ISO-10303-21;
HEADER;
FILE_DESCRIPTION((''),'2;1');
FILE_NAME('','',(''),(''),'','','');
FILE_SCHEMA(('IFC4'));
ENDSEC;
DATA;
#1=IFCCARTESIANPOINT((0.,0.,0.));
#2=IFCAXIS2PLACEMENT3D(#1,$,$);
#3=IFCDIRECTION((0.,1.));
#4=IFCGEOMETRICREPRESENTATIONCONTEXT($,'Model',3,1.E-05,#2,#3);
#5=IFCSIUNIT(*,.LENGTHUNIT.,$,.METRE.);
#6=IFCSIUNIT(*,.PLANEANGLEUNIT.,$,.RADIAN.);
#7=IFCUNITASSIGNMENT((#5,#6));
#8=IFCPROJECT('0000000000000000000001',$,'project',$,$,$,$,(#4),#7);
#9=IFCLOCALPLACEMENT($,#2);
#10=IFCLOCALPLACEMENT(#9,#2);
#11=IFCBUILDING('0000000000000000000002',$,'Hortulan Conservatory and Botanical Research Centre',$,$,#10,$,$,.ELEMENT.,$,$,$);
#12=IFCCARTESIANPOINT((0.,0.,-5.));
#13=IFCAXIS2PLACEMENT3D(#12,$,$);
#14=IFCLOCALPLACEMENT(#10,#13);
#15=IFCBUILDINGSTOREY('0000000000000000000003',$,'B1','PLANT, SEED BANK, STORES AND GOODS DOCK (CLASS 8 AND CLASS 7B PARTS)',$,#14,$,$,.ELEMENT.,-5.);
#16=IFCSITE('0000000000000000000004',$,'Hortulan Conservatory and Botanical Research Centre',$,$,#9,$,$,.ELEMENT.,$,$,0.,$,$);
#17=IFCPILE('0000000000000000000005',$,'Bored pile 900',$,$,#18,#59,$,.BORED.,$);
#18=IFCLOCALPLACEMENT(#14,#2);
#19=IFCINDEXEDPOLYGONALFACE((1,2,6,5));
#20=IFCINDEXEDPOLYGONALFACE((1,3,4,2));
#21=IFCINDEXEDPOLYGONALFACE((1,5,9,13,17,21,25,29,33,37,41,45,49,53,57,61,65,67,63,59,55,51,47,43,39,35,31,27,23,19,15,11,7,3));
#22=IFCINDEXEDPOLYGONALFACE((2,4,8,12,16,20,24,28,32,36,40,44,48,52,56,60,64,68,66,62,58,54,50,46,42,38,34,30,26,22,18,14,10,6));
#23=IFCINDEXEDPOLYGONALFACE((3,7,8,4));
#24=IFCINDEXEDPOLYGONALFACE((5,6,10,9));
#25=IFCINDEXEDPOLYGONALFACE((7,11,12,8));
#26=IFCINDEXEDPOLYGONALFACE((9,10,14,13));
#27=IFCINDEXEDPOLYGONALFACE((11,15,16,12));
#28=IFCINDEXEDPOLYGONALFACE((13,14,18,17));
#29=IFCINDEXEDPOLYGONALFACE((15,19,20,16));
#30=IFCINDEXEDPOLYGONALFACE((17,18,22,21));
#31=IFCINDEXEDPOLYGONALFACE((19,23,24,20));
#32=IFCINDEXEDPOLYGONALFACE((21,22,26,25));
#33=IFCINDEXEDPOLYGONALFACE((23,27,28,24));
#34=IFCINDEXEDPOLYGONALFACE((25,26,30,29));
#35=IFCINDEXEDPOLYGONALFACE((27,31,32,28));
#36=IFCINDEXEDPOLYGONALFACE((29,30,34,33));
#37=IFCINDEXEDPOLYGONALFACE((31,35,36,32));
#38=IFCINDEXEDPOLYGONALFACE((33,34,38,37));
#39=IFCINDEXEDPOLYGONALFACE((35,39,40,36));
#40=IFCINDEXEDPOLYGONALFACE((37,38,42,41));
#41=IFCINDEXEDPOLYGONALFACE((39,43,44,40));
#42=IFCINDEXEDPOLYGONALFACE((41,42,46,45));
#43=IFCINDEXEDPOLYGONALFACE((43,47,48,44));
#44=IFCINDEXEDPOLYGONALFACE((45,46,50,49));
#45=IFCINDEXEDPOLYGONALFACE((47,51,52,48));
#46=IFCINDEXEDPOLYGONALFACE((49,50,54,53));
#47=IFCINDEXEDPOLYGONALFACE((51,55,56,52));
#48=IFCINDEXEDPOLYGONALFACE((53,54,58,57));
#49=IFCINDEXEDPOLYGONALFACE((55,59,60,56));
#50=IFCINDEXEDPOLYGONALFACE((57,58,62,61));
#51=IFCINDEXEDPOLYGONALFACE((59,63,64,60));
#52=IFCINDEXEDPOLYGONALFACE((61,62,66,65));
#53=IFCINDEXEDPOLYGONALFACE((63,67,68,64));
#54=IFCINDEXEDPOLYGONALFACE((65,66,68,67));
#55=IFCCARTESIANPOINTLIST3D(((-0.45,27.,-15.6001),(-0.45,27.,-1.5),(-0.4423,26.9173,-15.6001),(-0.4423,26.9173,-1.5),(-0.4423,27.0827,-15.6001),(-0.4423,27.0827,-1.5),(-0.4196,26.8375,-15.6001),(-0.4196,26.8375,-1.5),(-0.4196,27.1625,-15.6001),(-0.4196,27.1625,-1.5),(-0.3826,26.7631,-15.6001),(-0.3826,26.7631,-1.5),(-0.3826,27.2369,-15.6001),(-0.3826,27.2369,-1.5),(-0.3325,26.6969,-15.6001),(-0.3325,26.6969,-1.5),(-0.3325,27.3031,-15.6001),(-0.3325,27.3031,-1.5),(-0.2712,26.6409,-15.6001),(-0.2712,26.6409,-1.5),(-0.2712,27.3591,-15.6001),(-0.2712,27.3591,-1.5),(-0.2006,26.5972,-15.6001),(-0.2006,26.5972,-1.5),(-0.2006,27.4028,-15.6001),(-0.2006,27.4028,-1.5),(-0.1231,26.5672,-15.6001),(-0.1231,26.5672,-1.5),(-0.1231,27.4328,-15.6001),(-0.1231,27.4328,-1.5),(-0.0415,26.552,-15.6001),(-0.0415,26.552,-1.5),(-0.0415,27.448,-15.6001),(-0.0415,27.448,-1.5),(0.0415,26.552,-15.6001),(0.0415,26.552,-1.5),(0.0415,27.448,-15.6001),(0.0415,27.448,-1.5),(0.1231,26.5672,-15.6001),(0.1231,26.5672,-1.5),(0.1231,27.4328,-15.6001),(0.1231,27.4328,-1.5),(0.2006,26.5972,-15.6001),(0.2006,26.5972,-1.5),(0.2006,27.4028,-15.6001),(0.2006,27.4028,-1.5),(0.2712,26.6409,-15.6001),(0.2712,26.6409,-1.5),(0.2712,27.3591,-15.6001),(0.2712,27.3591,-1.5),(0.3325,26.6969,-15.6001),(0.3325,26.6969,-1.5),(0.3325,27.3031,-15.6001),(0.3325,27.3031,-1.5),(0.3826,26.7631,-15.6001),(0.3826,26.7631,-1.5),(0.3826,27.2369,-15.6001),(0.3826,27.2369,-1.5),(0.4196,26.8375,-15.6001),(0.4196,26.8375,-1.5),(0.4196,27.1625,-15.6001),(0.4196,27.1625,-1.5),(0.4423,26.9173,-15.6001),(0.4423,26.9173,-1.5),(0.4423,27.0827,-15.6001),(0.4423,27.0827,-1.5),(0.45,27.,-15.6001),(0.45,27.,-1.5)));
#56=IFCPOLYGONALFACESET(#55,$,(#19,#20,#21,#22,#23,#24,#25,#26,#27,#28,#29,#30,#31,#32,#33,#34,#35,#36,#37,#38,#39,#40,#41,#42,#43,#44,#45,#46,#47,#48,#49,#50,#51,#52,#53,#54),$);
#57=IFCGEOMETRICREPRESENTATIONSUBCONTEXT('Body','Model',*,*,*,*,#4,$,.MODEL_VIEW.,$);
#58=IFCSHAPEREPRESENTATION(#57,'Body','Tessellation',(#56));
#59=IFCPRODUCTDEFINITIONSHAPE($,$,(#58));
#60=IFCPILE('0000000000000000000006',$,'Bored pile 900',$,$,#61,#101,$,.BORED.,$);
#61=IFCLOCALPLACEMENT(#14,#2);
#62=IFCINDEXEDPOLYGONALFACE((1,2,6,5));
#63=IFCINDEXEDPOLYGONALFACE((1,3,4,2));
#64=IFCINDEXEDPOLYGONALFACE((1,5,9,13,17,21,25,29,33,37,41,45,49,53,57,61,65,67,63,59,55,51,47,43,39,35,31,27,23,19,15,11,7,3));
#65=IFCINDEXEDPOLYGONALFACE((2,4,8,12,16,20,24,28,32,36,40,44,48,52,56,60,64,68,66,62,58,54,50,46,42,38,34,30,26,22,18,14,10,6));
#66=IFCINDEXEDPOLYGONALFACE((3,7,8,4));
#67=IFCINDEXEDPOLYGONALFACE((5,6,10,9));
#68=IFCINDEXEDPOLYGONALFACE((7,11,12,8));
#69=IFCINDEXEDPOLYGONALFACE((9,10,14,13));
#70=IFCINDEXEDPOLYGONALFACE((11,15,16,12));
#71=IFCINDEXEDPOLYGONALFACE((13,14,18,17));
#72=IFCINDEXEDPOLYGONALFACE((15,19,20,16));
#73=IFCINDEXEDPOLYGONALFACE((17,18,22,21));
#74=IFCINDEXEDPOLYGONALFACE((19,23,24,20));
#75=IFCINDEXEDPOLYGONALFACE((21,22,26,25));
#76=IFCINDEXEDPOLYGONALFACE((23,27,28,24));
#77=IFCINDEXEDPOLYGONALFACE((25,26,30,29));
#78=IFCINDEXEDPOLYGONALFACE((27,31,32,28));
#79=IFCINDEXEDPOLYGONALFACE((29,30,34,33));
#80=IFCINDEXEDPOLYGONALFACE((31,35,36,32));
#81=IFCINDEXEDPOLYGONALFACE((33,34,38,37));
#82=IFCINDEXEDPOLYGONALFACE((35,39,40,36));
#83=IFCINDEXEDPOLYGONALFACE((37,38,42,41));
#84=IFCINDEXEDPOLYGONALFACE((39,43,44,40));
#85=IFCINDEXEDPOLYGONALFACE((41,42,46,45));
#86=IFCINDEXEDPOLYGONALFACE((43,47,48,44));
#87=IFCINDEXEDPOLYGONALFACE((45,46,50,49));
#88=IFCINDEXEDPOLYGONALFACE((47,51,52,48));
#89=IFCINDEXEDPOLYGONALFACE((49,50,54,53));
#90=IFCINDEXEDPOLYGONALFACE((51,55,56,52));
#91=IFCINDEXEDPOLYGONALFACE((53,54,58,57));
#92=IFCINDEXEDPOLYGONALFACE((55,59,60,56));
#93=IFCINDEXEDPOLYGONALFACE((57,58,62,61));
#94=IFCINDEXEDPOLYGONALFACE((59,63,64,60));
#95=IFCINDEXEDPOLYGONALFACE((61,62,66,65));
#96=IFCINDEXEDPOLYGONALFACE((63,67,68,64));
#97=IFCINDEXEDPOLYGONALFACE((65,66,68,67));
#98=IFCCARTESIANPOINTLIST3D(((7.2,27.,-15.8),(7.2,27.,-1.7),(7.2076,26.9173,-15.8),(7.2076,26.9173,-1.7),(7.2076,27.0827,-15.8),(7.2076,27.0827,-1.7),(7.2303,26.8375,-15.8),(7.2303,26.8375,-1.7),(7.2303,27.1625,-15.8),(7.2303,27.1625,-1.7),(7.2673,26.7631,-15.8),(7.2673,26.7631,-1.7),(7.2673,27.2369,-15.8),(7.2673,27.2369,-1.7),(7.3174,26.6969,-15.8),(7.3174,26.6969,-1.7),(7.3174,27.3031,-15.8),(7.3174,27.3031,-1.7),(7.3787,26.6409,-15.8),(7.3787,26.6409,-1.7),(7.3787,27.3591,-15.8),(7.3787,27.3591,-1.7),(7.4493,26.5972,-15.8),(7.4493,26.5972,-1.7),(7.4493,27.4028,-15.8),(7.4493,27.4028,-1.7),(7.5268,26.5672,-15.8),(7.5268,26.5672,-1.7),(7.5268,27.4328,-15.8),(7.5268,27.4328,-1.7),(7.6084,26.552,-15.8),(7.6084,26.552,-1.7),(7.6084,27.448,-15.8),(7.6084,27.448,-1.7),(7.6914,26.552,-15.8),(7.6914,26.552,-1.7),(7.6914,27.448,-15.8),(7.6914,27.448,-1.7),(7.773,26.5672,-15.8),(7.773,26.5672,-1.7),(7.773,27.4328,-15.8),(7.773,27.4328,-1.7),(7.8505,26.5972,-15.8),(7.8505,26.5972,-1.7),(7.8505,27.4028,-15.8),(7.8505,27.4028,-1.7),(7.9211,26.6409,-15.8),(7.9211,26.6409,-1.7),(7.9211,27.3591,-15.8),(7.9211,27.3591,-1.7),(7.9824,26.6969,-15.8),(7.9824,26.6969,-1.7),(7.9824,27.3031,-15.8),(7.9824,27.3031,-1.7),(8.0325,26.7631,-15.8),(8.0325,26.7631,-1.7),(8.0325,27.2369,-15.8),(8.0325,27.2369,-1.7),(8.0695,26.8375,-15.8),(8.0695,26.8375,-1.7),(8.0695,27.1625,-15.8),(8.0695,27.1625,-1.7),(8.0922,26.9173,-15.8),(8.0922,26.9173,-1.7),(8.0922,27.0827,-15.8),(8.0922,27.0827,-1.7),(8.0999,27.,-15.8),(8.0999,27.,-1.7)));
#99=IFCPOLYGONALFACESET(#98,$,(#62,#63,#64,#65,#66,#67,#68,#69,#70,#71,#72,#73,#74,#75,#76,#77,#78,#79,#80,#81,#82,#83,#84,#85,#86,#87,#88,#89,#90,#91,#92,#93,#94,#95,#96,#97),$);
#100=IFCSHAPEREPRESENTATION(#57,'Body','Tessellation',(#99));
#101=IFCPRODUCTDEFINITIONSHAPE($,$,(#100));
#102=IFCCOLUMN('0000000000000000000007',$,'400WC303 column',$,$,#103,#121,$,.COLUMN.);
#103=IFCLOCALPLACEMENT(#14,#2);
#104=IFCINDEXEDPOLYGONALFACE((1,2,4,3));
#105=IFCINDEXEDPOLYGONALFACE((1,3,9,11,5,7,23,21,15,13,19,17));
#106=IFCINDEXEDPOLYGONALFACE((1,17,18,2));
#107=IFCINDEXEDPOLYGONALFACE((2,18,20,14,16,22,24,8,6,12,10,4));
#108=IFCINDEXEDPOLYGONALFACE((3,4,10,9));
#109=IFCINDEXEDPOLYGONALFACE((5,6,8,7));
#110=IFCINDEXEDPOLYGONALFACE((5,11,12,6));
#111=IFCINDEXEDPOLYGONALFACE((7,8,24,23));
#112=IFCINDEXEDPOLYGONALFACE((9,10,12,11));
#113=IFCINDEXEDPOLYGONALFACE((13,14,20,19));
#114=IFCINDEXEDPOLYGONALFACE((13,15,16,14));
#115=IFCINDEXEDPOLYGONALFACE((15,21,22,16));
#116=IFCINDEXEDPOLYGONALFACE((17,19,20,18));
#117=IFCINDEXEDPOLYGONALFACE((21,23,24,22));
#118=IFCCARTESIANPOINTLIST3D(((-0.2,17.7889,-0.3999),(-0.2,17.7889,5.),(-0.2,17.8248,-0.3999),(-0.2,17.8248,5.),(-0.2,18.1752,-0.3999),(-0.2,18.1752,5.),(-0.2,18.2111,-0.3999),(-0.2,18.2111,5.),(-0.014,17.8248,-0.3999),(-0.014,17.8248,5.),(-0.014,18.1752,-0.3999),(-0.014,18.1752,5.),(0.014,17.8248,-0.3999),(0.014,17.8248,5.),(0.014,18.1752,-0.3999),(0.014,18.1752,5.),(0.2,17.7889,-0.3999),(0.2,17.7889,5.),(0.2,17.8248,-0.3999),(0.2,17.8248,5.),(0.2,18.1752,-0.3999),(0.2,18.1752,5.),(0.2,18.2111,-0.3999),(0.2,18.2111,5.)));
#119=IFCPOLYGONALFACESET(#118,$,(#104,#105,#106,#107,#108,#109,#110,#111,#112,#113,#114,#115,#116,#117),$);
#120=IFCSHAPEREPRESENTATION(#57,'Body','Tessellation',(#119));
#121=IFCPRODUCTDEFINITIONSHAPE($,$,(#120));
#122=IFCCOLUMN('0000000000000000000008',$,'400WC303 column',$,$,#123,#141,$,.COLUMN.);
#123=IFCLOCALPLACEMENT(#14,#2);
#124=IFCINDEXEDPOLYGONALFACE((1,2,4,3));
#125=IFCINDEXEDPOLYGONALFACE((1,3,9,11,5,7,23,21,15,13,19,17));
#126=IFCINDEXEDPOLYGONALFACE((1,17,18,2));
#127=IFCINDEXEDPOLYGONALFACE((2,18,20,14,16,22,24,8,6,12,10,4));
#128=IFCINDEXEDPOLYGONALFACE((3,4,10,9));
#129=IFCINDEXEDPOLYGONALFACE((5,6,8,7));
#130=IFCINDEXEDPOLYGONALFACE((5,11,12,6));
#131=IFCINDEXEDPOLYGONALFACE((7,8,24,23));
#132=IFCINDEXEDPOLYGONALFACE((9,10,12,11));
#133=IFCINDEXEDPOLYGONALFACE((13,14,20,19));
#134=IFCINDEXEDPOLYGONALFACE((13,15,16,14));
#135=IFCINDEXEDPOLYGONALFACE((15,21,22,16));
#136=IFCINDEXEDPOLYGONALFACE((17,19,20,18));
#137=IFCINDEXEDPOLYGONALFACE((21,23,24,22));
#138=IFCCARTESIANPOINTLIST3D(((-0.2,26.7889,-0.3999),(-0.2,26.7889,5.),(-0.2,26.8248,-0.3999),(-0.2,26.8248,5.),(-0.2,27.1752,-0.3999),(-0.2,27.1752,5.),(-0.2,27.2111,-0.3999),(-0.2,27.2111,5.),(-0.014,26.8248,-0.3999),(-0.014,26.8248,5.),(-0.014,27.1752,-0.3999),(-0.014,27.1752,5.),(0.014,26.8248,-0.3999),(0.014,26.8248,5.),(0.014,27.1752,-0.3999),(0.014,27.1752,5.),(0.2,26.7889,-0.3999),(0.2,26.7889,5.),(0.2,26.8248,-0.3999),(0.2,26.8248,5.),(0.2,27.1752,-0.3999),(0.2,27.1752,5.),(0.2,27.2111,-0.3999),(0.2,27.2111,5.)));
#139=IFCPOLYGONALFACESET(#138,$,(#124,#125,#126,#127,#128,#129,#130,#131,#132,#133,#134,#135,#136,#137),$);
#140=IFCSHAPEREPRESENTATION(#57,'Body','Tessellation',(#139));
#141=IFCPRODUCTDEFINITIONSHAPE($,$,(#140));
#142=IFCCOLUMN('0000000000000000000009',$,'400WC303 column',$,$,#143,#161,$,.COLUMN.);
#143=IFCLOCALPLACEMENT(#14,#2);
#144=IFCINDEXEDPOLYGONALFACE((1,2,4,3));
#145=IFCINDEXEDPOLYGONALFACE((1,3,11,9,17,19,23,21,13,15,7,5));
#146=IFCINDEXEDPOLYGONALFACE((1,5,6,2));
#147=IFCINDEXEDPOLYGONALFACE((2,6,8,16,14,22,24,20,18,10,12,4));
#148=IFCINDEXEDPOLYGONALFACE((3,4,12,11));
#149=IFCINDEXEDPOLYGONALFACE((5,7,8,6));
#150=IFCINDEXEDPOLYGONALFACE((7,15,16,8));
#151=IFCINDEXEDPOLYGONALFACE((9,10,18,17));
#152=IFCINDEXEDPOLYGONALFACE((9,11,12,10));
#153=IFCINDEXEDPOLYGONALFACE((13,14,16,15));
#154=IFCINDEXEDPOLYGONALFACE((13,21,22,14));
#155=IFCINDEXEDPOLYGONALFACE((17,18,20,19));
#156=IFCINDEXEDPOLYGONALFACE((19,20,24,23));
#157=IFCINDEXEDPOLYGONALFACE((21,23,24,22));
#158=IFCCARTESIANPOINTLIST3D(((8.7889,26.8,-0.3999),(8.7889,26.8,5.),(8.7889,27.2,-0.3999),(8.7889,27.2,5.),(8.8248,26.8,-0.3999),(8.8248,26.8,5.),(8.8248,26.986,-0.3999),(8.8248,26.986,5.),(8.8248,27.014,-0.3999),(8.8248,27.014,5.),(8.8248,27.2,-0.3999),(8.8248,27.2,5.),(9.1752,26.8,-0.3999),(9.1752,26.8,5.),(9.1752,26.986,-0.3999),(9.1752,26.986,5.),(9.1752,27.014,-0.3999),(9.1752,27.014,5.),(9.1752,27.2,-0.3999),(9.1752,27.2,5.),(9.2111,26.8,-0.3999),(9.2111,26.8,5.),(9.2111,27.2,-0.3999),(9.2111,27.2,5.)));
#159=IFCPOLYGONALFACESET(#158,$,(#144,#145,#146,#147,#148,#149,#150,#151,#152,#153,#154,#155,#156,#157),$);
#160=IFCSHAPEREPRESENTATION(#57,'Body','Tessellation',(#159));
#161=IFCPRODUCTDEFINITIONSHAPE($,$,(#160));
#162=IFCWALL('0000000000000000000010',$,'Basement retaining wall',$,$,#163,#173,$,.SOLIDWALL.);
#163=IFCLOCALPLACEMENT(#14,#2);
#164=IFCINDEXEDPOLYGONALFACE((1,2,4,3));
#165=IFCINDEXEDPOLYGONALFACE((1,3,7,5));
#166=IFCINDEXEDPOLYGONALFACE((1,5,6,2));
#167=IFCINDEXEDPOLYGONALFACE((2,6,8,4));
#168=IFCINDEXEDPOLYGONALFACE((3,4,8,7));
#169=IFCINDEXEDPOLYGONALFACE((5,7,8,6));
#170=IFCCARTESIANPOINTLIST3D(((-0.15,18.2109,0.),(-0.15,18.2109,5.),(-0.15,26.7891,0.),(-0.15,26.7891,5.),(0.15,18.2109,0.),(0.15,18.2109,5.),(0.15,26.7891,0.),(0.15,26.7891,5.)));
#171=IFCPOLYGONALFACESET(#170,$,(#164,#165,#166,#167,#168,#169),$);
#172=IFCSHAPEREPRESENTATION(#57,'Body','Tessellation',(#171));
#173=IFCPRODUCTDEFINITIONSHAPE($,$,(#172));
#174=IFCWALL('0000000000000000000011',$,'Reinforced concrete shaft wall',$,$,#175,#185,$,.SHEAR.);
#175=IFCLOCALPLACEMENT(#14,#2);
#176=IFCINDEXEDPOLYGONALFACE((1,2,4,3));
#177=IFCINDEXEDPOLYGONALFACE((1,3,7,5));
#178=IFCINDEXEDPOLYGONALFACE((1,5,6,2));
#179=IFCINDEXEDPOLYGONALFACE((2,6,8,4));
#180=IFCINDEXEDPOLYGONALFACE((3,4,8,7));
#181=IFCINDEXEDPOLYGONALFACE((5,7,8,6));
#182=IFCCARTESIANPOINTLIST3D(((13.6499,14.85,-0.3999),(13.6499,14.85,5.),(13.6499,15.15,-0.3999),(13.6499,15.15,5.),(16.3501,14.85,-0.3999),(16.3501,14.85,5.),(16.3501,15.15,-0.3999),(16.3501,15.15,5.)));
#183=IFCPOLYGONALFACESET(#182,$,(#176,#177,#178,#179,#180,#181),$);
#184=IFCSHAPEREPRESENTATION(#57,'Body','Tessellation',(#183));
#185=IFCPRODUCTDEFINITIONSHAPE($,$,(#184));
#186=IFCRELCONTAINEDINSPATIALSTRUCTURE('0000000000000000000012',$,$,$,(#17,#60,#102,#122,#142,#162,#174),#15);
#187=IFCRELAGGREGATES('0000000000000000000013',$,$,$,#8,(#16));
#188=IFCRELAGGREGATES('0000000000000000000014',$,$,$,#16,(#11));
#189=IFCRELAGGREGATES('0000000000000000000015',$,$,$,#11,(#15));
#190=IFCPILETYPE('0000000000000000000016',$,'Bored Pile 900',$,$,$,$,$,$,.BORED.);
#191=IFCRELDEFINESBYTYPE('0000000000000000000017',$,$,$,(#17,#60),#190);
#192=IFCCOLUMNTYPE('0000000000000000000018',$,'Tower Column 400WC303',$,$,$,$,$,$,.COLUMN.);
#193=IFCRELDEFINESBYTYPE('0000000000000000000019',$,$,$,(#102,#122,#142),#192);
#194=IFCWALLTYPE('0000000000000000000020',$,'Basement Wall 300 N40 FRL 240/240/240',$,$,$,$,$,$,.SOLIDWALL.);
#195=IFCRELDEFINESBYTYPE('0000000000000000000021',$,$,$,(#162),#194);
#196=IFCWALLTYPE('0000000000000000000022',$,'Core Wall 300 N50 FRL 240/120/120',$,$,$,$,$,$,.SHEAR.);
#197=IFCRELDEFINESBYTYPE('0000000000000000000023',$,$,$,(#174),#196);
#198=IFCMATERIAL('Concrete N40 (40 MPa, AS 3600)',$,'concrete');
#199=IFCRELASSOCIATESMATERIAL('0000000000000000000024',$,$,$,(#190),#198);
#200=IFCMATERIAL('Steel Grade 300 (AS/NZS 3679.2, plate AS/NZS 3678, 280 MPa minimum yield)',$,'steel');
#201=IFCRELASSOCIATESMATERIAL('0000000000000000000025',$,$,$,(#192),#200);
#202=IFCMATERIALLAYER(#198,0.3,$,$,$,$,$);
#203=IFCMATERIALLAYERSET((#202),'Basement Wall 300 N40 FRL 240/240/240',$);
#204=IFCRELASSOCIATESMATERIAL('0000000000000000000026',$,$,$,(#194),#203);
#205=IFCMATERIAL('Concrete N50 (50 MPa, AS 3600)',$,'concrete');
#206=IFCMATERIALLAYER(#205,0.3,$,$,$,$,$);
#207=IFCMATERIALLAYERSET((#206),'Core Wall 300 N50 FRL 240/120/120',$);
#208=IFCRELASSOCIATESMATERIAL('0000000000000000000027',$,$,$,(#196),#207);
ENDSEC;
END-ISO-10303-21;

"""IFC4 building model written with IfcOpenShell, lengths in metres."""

from ifc_helpers import new_model, si_unit, direction, frame, frame_2d, origin, origin_2d, place, context, subcontext, project, spatial, rectangle, circle, i_section, extrude, material, layer, layer_set, material_profile, profile_set, type_object, element, save


model = new_model("IFC4")

# Units and contexts
model_context = context("Model", 3, precision=1e-05, world=origin(), true_north=direction((0.0, 1.0)))
body_context = subcontext(model_context, "Body", "Model", "MODEL_VIEW")
ifc_project = project(units=[si_unit("LENGTHUNIT", "METRE"), si_unit("PLANEANGLEUNIT", "RADIAN")], contexts=[model_context])

# Site, building, storey
site_placement = place(None, origin())
site = spatial("IfcSite", under=ifc_project, at=site_placement, Name="Hortulan Conservatory and Botanical Research Centre", CompositionType="ELEMENT", RefElevation=0.0)
building_placement = place(site_placement, origin())
building = spatial("IfcBuilding", under=site, at=building_placement, Name="Hortulan Conservatory and Botanical Research Centre", CompositionType="ELEMENT")
storey_placement = place(building_placement, frame((0.0, 0.0, -5.0)))
storey = spatial("IfcBuildingStorey", under=building, at=storey_placement, Name="B1", Description="PLANT, SEED BANK, STORES AND GOODS DOCK (CLASS 8 AND CLASS 7B PARTS)", CompositionType="ELEMENT", Elevation=-5.0)

# Piles
ifc_material_1 = material(Name="Concrete N40 (40 MPa, AS 3600)", Category="concrete")
ifc_material_profile_1 = material_profile(ifc_material_1, circle(Radius=0.45, at=origin_2d()), Name="Bored pile 900 diameter")
ifc_profile_set_1 = profile_set([ifc_material_profile_1], Name="Concrete N40 (40 MPa, AS 3600)")
pile_type = type_object("IfcPileType", Name="Bored Pile 900", PredefinedType="BORED", material=ifc_profile_set_1)
for number, where, z_axis, x_axis, name in (
    (1, (0.0, 27.0, -1.5), (0.0, 0.0, -1.0), (1.0, 0.0, 0.0), "Bored pile 900"),
    (2, (7.6499, 27.0, -1.7), (0.0, 0.0, -1.0), (1.0, 0.0, 0.0), "Bored pile 900"),
):
    element("IfcPile", number, at=place(storey_placement, frame(where, z_axis=z_axis, x_axis=x_axis)), inside=storey, type_object=pile_type, Name=name, PredefinedType="BORED", context=body_context, shape_type="SweptSolid", body=[
        extrude(circle(Radius=0.45, at=origin_2d()), origin(), (0.0, 0.0, 1.0), 14.1001),
    ])

# Columns
ifc_material_2 = material(Name="Steel Grade 300 (AS/NZS 3679.2, plate AS/NZS 3678, 280 MPa minimum yield)", Category="steel")
ifc_material_profile_2 = material_profile(ifc_material_2, i_section(OverallWidth=0.3999, OverallDepth=0.4221, WebThickness=0.0281, FlangeThickness=0.0359, at=origin_2d()), Name="400WC303")
ifc_profile_set_2 = profile_set([ifc_material_profile_2], Name="Steel Grade 300 (AS/NZS 3679.2, plate AS/NZS 3678, 280 MPa minimum yield)")
column_type = type_object("IfcColumnType", Name="Tower Column 400WC303", PredefinedType="COLUMN", material=ifc_profile_set_2)
for number, where, z_axis, x_axis, name in (
    (3, (0.0, 18.0, -0.3999), (0.0, 0.0, 1.0), (1.0, 0.0, 0.0), "400WC303 column"),
    (4, (0.0, 27.0, -0.3999), (0.0, 0.0, 1.0), (1.0, 0.0, 0.0), "400WC303 column"),
    (5, (9.0, 27.0, -0.3999), (0.0, 0.0, 1.0), (0.0, 1.0, 0.0), "400WC303 column"),
):
    element("IfcColumn", number, at=place(storey_placement, frame(where, z_axis=z_axis, x_axis=x_axis)), inside=storey, type_object=column_type, Name=name, PredefinedType="COLUMN", context=body_context, shape_type="SweptSolid", body=[
        extrude(i_section(OverallWidth=0.3999, OverallDepth=0.4221, WebThickness=0.0281, FlangeThickness=0.0359, at=origin_2d()), origin(), (0.0, 0.0, 1.0), 5.3999),
    ])

# Walls
ifc_layer_1 = layer(ifc_material_1, 0.3)
ifc_layer_set_1 = layer_set([ifc_layer_1], Name="Basement Wall 300 N40 FRL 240/240/240")
wall_type_1 = type_object("IfcWallType", Name="Basement Wall 300 N40 FRL 240/240/240", PredefinedType="SOLIDWALL", material=ifc_layer_set_1)
wall_1_placement = place(storey_placement, frame((0.0, 18.2109, 0.0), z_axis=(0.0, 0.0, 1.0), x_axis=(0.0, 1.0, 0.0)))
element("IfcWall", 6, at=wall_1_placement, inside=storey, type_object=wall_type_1, Name="Basement retaining wall", PredefinedType="SOLIDWALL", context=body_context, shape_type="SweptSolid", body=[
    extrude(rectangle(XDim=8.5781, YDim=0.3, at=frame_2d((4.2891, 0.0))), origin(), (0.0, 0.0, 1.0), 5.0),
])
ifc_material_3 = material(Name="Concrete N50 (50 MPa, AS 3600)", Category="concrete")
ifc_layer_2 = layer(ifc_material_3, 0.3)
ifc_layer_set_2 = layer_set([ifc_layer_2], Name="Core Wall 300 N50 FRL 240/120/120")
wall_type_2 = type_object("IfcWallType", Name="Core Wall 300 N50 FRL 240/120/120", PredefinedType="SHEAR", material=ifc_layer_set_2)
wall_2_placement = place(storey_placement, frame((13.6499, 15.0, -0.3999), z_axis=(0.0, 0.0, 1.0), x_axis=(1.0, 0.0, 0.0)))
element("IfcWall", 7, at=wall_2_placement, inside=storey, type_object=wall_type_2, Name="Reinforced concrete shaft wall", PredefinedType="SHEAR", context=body_context, shape_type="SweptSolid", body=[
    extrude(rectangle(XDim=2.7002, YDim=0.3, at=frame_2d((1.3501, 0.0))), origin(), (0.0, 0.0, 1.0), 5.3999),
])

save(model, "model.ifc")
